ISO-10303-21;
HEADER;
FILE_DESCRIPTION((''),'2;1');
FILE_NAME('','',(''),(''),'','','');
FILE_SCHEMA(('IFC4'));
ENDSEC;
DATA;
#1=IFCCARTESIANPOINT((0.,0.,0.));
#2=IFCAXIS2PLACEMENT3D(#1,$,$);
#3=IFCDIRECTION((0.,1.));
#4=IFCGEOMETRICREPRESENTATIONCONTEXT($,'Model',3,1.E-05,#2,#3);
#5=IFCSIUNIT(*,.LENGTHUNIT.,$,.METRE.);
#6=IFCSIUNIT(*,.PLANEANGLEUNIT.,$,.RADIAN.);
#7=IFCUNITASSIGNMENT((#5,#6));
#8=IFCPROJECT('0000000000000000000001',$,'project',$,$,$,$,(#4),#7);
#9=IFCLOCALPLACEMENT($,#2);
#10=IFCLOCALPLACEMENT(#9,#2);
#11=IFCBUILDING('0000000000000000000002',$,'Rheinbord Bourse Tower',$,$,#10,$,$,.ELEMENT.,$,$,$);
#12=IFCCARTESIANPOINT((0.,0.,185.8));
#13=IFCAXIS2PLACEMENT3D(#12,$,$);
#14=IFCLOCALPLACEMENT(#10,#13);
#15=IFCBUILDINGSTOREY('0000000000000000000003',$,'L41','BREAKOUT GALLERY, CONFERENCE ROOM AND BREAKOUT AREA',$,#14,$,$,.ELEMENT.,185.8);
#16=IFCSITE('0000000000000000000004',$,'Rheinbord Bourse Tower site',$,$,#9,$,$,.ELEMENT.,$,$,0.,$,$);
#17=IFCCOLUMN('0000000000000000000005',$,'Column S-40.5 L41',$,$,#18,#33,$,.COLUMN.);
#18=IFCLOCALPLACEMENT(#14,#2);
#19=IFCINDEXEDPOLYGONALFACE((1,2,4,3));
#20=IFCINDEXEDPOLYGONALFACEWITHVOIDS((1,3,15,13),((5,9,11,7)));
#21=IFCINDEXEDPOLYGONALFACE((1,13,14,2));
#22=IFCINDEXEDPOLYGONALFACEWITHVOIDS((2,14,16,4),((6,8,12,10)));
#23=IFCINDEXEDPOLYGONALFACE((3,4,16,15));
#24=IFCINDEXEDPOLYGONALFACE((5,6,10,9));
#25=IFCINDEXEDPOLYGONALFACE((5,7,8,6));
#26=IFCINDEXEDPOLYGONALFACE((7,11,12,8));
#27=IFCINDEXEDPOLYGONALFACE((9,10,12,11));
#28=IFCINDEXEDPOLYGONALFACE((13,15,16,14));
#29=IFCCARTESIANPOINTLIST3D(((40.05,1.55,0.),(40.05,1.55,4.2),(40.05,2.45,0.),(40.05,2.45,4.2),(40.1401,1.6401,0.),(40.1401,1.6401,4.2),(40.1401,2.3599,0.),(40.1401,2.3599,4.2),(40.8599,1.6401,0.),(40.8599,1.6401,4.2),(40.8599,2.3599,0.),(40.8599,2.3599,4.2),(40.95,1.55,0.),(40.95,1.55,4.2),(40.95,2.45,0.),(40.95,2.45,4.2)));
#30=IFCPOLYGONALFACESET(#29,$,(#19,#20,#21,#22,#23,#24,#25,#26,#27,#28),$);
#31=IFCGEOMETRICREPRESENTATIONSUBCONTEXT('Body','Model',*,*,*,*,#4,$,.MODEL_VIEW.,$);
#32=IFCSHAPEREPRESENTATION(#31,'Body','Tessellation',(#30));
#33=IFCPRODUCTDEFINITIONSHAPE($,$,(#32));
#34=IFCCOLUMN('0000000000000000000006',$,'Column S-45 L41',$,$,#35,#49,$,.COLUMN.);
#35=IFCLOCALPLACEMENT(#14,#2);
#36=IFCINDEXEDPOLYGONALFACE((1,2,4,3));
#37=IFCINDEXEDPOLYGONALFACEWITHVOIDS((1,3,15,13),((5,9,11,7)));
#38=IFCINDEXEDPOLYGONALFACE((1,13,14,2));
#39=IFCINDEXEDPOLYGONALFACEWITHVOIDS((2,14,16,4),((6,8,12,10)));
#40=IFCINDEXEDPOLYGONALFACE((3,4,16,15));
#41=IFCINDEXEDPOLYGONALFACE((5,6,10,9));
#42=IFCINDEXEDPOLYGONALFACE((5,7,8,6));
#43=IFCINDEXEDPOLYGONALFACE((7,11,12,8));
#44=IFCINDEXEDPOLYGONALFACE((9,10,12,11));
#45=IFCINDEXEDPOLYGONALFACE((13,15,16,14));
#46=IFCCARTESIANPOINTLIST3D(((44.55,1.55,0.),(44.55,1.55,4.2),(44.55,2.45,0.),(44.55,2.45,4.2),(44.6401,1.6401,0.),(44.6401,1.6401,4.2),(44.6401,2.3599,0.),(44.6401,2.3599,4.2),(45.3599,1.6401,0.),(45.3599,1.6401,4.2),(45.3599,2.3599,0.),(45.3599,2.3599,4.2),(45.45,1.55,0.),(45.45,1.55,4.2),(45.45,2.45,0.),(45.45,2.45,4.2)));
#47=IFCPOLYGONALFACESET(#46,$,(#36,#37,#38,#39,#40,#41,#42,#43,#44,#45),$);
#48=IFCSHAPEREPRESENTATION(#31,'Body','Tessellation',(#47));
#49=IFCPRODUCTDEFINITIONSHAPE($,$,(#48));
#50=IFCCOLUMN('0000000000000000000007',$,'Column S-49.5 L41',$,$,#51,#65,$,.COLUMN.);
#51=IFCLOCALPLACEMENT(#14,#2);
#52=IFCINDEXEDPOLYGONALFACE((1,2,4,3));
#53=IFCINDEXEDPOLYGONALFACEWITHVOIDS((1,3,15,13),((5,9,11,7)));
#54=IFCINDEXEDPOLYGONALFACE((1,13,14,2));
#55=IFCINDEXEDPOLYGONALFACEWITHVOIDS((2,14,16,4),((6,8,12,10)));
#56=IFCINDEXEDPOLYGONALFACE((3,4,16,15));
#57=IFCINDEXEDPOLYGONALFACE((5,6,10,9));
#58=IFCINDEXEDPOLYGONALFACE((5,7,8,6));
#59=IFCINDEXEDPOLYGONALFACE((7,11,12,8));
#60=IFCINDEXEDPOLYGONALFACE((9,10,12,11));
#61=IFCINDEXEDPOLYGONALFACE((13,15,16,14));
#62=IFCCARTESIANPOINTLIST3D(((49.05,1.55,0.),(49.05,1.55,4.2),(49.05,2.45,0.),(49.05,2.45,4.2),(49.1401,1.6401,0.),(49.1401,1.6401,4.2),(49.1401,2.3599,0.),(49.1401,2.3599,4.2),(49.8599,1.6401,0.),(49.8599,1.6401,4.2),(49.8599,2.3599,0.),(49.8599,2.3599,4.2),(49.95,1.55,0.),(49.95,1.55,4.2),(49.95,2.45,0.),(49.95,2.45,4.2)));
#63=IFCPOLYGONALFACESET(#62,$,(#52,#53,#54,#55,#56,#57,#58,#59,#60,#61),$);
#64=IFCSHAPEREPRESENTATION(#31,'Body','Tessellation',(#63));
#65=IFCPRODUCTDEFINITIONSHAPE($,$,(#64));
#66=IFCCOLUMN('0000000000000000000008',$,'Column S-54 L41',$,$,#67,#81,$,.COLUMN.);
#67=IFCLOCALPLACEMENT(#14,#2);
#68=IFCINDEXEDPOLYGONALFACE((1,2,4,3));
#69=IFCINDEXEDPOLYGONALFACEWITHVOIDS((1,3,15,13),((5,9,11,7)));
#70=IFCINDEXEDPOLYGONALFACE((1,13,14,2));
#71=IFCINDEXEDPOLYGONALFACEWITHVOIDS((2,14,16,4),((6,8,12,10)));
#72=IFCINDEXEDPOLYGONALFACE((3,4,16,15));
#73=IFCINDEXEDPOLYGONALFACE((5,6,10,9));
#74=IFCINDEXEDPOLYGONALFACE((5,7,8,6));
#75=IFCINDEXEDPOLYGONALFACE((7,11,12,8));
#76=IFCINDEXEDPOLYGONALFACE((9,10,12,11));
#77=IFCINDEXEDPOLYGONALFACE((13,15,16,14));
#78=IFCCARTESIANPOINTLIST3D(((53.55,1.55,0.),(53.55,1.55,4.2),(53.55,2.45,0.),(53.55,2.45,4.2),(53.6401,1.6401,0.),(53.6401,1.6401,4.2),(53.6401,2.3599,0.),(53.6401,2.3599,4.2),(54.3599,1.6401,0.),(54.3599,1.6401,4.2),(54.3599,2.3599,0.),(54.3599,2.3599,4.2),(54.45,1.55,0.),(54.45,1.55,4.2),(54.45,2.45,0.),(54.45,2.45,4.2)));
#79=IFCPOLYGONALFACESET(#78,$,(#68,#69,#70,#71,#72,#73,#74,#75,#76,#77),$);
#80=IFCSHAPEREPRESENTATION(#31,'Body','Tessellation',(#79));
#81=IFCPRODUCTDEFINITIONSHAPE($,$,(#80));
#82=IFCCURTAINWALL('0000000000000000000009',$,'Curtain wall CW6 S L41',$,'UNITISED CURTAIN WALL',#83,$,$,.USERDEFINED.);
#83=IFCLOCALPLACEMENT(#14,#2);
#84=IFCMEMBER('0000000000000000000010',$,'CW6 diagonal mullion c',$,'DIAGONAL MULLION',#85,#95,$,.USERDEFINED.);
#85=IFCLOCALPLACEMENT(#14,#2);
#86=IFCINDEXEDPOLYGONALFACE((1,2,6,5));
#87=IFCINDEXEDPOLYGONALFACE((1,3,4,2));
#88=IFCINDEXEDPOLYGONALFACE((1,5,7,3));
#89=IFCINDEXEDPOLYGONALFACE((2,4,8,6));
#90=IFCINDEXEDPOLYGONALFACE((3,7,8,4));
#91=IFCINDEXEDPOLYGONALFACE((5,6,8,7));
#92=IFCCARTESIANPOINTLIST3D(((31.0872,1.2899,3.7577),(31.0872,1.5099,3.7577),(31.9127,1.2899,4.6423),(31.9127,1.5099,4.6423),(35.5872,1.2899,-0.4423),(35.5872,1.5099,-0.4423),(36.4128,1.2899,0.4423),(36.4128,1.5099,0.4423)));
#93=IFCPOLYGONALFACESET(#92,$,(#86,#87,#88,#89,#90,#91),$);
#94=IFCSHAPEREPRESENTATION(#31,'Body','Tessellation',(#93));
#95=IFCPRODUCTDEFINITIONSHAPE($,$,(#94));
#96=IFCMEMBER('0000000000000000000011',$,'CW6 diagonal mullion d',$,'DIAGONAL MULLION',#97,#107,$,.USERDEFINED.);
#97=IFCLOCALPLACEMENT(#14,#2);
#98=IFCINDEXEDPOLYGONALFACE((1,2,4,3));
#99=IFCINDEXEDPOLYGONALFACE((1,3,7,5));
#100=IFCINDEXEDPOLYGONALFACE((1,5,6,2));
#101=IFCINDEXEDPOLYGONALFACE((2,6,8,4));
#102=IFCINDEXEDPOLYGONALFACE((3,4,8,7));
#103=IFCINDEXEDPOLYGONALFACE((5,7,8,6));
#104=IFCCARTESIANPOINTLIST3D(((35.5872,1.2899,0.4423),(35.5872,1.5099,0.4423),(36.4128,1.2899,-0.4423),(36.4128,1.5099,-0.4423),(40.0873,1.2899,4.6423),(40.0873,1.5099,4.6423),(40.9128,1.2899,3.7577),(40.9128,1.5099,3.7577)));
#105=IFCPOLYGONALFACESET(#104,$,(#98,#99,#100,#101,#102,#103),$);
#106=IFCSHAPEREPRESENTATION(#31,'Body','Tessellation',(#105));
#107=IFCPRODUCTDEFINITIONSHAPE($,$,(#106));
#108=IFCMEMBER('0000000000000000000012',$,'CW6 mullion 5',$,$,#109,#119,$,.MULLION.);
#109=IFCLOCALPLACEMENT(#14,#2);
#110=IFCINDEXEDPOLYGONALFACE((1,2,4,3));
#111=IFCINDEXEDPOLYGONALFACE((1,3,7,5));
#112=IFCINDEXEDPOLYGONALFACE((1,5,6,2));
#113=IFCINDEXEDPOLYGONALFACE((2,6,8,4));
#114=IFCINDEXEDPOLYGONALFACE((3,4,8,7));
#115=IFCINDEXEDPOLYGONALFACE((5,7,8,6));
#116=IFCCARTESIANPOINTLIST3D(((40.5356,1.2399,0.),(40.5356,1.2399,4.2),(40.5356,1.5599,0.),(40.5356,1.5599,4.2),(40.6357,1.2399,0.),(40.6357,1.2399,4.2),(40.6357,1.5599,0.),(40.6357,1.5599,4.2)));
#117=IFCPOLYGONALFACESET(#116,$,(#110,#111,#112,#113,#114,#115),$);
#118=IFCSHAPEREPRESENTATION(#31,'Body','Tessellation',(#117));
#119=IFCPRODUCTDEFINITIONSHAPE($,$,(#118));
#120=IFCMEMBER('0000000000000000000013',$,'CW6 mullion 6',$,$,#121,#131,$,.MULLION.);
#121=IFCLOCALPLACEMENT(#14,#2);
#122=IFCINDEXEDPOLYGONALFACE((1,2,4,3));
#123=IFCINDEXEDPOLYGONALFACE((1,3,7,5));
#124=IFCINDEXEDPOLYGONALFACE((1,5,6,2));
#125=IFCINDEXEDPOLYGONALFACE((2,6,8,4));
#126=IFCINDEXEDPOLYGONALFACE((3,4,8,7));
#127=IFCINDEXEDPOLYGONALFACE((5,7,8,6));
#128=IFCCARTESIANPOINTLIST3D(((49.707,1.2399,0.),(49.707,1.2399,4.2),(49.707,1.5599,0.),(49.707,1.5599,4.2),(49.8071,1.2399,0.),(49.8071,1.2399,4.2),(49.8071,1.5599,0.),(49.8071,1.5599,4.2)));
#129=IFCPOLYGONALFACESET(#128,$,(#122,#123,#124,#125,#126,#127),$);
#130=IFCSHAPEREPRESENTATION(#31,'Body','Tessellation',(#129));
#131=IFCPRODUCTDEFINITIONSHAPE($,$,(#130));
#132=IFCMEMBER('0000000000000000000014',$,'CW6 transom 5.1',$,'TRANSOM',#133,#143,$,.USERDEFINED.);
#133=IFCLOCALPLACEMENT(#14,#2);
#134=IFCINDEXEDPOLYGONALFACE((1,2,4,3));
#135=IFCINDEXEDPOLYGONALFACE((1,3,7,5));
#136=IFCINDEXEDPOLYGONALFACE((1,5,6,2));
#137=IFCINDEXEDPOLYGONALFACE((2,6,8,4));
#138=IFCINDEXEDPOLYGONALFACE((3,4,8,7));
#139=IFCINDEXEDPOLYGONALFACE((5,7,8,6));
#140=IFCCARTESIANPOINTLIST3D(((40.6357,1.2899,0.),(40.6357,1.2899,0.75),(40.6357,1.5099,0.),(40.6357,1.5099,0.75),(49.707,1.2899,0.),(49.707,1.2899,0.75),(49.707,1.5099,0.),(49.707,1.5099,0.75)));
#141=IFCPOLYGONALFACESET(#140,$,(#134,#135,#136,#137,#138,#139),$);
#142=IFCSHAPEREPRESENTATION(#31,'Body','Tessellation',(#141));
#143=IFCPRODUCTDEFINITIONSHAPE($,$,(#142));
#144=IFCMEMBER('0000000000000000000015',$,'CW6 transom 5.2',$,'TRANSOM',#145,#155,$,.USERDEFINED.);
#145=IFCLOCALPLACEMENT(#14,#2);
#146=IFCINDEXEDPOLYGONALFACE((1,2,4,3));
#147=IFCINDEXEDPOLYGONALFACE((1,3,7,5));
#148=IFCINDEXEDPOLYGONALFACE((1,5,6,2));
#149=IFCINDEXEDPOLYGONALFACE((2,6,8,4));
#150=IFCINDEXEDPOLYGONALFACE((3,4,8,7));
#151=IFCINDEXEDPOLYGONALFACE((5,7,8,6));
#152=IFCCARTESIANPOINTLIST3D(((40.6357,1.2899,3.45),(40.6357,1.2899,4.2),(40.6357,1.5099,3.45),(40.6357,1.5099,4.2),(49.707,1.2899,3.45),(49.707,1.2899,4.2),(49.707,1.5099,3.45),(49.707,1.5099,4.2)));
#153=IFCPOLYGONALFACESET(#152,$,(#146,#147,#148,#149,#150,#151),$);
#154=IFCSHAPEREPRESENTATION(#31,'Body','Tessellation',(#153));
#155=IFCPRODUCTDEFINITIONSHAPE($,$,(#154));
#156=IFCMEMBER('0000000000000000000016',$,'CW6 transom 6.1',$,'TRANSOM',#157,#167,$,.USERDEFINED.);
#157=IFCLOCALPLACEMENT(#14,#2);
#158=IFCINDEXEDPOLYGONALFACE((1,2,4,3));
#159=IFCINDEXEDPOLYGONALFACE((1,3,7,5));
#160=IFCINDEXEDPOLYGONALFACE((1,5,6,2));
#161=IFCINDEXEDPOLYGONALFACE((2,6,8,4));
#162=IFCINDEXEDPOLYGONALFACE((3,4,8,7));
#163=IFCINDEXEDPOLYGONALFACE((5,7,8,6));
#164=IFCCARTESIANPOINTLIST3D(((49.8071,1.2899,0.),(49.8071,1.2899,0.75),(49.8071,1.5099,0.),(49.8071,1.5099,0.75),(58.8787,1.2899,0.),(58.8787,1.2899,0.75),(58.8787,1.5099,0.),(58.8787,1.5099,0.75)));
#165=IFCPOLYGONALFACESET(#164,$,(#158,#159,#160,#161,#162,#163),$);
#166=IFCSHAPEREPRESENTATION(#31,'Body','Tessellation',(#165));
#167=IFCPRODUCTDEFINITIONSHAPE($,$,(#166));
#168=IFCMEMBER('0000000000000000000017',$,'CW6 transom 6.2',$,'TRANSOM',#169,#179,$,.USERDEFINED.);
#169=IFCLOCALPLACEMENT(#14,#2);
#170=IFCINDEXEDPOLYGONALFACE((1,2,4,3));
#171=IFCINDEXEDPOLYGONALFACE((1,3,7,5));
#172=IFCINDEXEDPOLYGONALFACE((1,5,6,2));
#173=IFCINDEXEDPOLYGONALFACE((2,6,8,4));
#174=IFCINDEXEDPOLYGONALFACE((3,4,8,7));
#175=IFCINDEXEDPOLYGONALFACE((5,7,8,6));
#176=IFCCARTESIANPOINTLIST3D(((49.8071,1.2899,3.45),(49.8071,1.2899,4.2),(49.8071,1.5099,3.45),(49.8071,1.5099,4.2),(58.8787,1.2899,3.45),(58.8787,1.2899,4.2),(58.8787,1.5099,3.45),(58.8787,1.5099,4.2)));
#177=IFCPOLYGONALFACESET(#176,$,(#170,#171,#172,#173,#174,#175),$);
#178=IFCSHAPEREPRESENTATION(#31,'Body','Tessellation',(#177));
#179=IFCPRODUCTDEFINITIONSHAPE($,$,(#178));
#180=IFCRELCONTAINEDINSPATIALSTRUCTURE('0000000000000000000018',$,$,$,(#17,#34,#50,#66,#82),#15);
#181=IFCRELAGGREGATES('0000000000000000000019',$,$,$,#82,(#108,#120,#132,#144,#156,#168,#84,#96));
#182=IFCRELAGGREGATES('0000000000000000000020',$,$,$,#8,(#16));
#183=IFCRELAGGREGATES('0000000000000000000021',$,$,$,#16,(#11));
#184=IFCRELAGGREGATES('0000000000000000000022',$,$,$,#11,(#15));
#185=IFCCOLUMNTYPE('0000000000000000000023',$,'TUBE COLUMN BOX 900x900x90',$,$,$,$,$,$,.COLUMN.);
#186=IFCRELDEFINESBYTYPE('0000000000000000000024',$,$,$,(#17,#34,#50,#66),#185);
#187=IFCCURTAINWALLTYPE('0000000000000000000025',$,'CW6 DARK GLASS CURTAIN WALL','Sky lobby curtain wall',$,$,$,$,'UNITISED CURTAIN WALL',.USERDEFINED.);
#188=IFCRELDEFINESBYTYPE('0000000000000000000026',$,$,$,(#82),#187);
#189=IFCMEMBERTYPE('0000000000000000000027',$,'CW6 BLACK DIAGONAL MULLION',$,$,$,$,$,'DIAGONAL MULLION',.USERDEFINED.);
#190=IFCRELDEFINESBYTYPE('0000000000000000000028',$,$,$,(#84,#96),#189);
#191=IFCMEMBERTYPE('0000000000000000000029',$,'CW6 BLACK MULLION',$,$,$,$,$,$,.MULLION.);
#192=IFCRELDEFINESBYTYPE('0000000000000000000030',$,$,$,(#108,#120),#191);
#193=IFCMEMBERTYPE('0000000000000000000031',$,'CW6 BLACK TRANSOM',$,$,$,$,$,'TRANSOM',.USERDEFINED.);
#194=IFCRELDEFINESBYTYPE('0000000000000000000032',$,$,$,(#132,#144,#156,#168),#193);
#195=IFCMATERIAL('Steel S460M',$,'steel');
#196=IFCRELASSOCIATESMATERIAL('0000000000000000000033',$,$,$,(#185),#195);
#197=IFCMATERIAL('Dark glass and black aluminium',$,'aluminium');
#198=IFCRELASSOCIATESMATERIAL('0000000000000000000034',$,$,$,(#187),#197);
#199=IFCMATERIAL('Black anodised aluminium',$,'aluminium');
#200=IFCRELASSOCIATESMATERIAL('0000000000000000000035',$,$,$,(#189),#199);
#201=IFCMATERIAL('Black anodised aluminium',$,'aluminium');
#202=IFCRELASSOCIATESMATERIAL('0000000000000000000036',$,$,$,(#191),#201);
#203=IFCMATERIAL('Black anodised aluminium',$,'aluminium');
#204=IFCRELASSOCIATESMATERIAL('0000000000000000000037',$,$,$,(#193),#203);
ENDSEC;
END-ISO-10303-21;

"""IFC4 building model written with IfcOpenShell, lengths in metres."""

from ifc_helpers import new_model, si_unit, direction, frame, origin, origin_2d, place, context, subcontext, project, spatial, rectangle, hollow_rectangle, extrude, material, material_profile, profile_set, type_object, element, aggregate, save


model = new_model("IFC4")

# Units and contexts
model_context = context("Model", 3, precision=1e-05, world=origin(), true_north=direction((0.0, 1.0)))
body_context = subcontext(model_context, "Body", "Model", "MODEL_VIEW")
ifc_project = project(units=[si_unit("LENGTHUNIT", "METRE"), si_unit("PLANEANGLEUNIT", "RADIAN")], contexts=[model_context])

# Site, building, storey
site_placement = place(None, origin())
site = spatial("IfcSite", under=ifc_project, at=site_placement, Name="Rheinbord Bourse Tower site", CompositionType="ELEMENT", RefElevation=0.0)
building_placement = place(site_placement, origin())
building = spatial("IfcBuilding", under=site, at=building_placement, Name="Rheinbord Bourse Tower", CompositionType="ELEMENT")
storey_placement = place(building_placement, frame((0.0, 0.0, 185.8)))
storey = spatial("IfcBuildingStorey", under=building, at=storey_placement, Name="L41", Description="BREAKOUT GALLERY, CONFERENCE ROOM AND BREAKOUT AREA", CompositionType="ELEMENT", Elevation=185.8)

# Columns
ifc_material_1 = material(Name="Steel S460M", Category="steel")
ifc_material_profile_1 = material_profile(ifc_material_1, hollow_rectangle(XDim=0.8999, YDim=0.8999, WallThickness=0.0901, at=origin_2d()), Name="BOX 900x900x90")
ifc_profile_set_1 = profile_set([ifc_material_profile_1], Name="Steel S460M")
column_type = type_object("IfcColumnType", Name="TUBE COLUMN BOX 900x900x90", PredefinedType="COLUMN", material=ifc_profile_set_1)
for number, where, z_axis, x_axis, name in (
    (1, (40.5, 2.0, 0.0), (0.0, 0.0, 1.0), (0.0, 1.0, 0.0), "Column S-40.5 L41"),
    (2, (45.0, 2.0, 0.0), (0.0, 0.0, 1.0), (0.0, 1.0, 0.0), "Column S-45 L41"),
    (3, (49.5, 2.0, 0.0), (0.0, 0.0, 1.0), (0.0, 1.0, 0.0), "Column S-49.5 L41"),
    (4, (54.0, 2.0, 0.0), (0.0, 0.0, 1.0), (0.0, 1.0, 0.0), "Column S-54 L41"),
):
    element("IfcColumn", number, at=place(storey_placement, frame(where, z_axis=z_axis, x_axis=x_axis)), inside=storey, type_object=column_type, Name=name, PredefinedType="COLUMN", context=body_context, shape_type="SweptSolid", body=[
        extrude(hollow_rectangle(XDim=0.8999, YDim=0.8999, WallThickness=0.0901, at=origin_2d()), origin(), (0.0, 0.0, 1.0), 4.2),
    ])

# Curtain wall, members
ifc_material_2 = material(Name="Dark glass and black aluminium", Category="aluminium")
curtain_wall_type = type_object("IfcCurtainWallType", Name="CW6 DARK GLASS CURTAIN WALL", Description="Sky lobby curtain wall", ElementType="UNITISED CURTAIN WALL", PredefinedType="USERDEFINED", material=ifc_material_2)
curtain_wall_placement = place(storey_placement, origin())
curtain_wall = element("IfcCurtainWall", 5, at=curtain_wall_placement, inside=storey, type_object=curtain_wall_type, Name="Curtain wall CW6 S L41", ObjectType="UNITISED CURTAIN WALL", PredefinedType="USERDEFINED")
ifc_material_3 = material(Name="Black anodised aluminium", Category="aluminium")
ifc_material_profile_2 = material_profile(ifc_material_3, rectangle(XDim=0.22, YDim=1.21, at=origin_2d()), Name="CW6 DIAGONAL MULLION 1210x220")
ifc_profile_set_2 = profile_set([ifc_material_profile_2], Name="Black anodised aluminium")
member_type_1 = type_object("IfcMemberType", Name="CW6 BLACK DIAGONAL MULLION", ElementType="DIAGONAL MULLION", PredefinedType="USERDEFINED", material=ifc_profile_set_2)
member_1_placement = place(storey_placement, frame((36.0, 1.3999, 0.0), z_axis=(-0.731059, 0.0, 0.682314), x_axis=(0.0, -1.0, 0.0)))
member_1 = element("IfcMember", 6, at=member_1_placement, type_object=member_type_1, Name="CW6 diagonal mullion c", ObjectType="DIAGONAL MULLION", PredefinedType="USERDEFINED", context=body_context, shape_type="SweptSolid", body=[
    extrude(rectangle(XDim=0.22, YDim=1.21, at=origin_2d()), origin(), (0.0, 0.0, 1.0), 6.1555),
])
member_2_placement = place(storey_placement, frame((36.0, 1.3999, 0.0), z_axis=(0.731059, 0.0, 0.682314), x_axis=(0.0, 1.0, 0.0)))
member_2 = element("IfcMember", 7, at=member_2_placement, type_object=member_type_1, Name="CW6 diagonal mullion d", ObjectType="DIAGONAL MULLION", PredefinedType="USERDEFINED", context=body_context, shape_type="SweptSolid", body=[
    extrude(rectangle(XDim=0.22, YDim=1.21, at=origin_2d()), origin(), (0.0, 0.0, 1.0), 6.1555),
])
ifc_material_4 = material(Name="Black anodised aluminium", Category="aluminium")
ifc_material_profile_3 = material_profile(ifc_material_4, rectangle(XDim=0.3201, YDim=0.1001, at=origin_2d()), Name="CW6 MULLION 100x320")
ifc_profile_set_3 = profile_set([ifc_material_profile_3], Name="Black anodised aluminium")
member_type_2 = type_object("IfcMemberType", Name="CW6 BLACK MULLION", PredefinedType="MULLION", material=ifc_profile_set_3)
member_3_placement = place(storey_placement, frame((40.5857, 1.3999, 0.0), z_axis=(0.0, 0.0, 1.0), x_axis=(0.0, 1.0, 0.0)))
member_3 = element("IfcMember", 8, at=member_3_placement, type_object=member_type_2, Name="CW6 mullion 5", PredefinedType="MULLION", context=body_context, shape_type="SweptSolid", body=[
    extrude(rectangle(XDim=0.3201, YDim=0.1001, at=origin_2d()), origin(), (0.0, 0.0, 1.0), 4.2),
])
member_4_placement = place(storey_placement, frame((49.7571, 1.3999, 0.0), z_axis=(0.0, 0.0, 1.0), x_axis=(0.0, 1.0, 0.0)))
member_4 = element("IfcMember", 9, at=member_4_placement, type_object=member_type_2, Name="CW6 mullion 6", PredefinedType="MULLION", context=body_context, shape_type="SweptSolid", body=[
    extrude(rectangle(XDim=0.3201, YDim=0.1001, at=origin_2d()), origin(), (0.0, 0.0, 1.0), 4.2),
])
ifc_material_5 = material(Name="Black anodised aluminium", Category="aluminium")
ifc_material_profile_4 = material_profile(ifc_material_5, rectangle(XDim=0.22, YDim=0.75, at=origin_2d()), Name="CW6 TRANSOM 750x220")
ifc_profile_set_4 = profile_set([ifc_material_profile_4], Name="Black anodised aluminium")
member_type_3 = type_object("IfcMemberType", Name="CW6 BLACK TRANSOM", ElementType="TRANSOM", PredefinedType="USERDEFINED", material=ifc_profile_set_4)
member_5_placement = place(storey_placement, frame((40.6357, 1.3999, 0.375), z_axis=(1.0, 0.0, 0.0), x_axis=(0.0, 1.0, 0.0)))
member_5 = element("IfcMember", 10, at=member_5_placement, type_object=member_type_3, Name="CW6 transom 5.1", ObjectType="TRANSOM", PredefinedType="USERDEFINED", context=body_context, shape_type="SweptSolid", body=[
    extrude(rectangle(XDim=0.22, YDim=0.75, at=origin_2d()), origin(), (0.0, 0.0, 1.0), 9.0713),
])
member_6_placement = place(storey_placement, frame((40.6357, 1.3999, 3.825), z_axis=(1.0, 0.0, 0.0), x_axis=(0.0, 1.0, 0.0)))
member_6 = element("IfcMember", 11, at=member_6_placement, type_object=member_type_3, Name="CW6 transom 5.2", ObjectType="TRANSOM", PredefinedType="USERDEFINED", context=body_context, shape_type="SweptSolid", body=[
    extrude(rectangle(XDim=0.22, YDim=0.75, at=origin_2d()), origin(), (0.0, 0.0, 1.0), 9.0713),
])
member_7_placement = place(storey_placement, frame((49.8071, 1.3999, 0.375), z_axis=(1.0, 0.0, 0.0), x_axis=(0.0, 1.0, 0.0)))
member_7 = element("IfcMember", 12, at=member_7_placement, type_object=member_type_3, Name="CW6 transom 6.1", ObjectType="TRANSOM", PredefinedType="USERDEFINED", context=body_context, shape_type="SweptSolid", body=[
    extrude(rectangle(XDim=0.22, YDim=0.75, at=origin_2d()), origin(), (0.0, 0.0, 1.0), 9.0715),
])
member_8_placement = place(storey_placement, frame((49.8071, 1.3999, 3.825), z_axis=(1.0, 0.0, 0.0), x_axis=(0.0, 1.0, 0.0)))
member_8 = element("IfcMember", 13, at=member_8_placement, type_object=member_type_3, Name="CW6 transom 6.2", ObjectType="TRANSOM", PredefinedType="USERDEFINED", context=body_context, shape_type="SweptSolid", body=[
    extrude(rectangle(XDim=0.22, YDim=0.75, at=origin_2d()), origin(), (0.0, 0.0, 1.0), 9.0715),
])

aggregate(curtain_wall, [member_3, member_4, member_5, member_6, member_7, member_8, member_1, member_2])

save(model, "model.ifc")
